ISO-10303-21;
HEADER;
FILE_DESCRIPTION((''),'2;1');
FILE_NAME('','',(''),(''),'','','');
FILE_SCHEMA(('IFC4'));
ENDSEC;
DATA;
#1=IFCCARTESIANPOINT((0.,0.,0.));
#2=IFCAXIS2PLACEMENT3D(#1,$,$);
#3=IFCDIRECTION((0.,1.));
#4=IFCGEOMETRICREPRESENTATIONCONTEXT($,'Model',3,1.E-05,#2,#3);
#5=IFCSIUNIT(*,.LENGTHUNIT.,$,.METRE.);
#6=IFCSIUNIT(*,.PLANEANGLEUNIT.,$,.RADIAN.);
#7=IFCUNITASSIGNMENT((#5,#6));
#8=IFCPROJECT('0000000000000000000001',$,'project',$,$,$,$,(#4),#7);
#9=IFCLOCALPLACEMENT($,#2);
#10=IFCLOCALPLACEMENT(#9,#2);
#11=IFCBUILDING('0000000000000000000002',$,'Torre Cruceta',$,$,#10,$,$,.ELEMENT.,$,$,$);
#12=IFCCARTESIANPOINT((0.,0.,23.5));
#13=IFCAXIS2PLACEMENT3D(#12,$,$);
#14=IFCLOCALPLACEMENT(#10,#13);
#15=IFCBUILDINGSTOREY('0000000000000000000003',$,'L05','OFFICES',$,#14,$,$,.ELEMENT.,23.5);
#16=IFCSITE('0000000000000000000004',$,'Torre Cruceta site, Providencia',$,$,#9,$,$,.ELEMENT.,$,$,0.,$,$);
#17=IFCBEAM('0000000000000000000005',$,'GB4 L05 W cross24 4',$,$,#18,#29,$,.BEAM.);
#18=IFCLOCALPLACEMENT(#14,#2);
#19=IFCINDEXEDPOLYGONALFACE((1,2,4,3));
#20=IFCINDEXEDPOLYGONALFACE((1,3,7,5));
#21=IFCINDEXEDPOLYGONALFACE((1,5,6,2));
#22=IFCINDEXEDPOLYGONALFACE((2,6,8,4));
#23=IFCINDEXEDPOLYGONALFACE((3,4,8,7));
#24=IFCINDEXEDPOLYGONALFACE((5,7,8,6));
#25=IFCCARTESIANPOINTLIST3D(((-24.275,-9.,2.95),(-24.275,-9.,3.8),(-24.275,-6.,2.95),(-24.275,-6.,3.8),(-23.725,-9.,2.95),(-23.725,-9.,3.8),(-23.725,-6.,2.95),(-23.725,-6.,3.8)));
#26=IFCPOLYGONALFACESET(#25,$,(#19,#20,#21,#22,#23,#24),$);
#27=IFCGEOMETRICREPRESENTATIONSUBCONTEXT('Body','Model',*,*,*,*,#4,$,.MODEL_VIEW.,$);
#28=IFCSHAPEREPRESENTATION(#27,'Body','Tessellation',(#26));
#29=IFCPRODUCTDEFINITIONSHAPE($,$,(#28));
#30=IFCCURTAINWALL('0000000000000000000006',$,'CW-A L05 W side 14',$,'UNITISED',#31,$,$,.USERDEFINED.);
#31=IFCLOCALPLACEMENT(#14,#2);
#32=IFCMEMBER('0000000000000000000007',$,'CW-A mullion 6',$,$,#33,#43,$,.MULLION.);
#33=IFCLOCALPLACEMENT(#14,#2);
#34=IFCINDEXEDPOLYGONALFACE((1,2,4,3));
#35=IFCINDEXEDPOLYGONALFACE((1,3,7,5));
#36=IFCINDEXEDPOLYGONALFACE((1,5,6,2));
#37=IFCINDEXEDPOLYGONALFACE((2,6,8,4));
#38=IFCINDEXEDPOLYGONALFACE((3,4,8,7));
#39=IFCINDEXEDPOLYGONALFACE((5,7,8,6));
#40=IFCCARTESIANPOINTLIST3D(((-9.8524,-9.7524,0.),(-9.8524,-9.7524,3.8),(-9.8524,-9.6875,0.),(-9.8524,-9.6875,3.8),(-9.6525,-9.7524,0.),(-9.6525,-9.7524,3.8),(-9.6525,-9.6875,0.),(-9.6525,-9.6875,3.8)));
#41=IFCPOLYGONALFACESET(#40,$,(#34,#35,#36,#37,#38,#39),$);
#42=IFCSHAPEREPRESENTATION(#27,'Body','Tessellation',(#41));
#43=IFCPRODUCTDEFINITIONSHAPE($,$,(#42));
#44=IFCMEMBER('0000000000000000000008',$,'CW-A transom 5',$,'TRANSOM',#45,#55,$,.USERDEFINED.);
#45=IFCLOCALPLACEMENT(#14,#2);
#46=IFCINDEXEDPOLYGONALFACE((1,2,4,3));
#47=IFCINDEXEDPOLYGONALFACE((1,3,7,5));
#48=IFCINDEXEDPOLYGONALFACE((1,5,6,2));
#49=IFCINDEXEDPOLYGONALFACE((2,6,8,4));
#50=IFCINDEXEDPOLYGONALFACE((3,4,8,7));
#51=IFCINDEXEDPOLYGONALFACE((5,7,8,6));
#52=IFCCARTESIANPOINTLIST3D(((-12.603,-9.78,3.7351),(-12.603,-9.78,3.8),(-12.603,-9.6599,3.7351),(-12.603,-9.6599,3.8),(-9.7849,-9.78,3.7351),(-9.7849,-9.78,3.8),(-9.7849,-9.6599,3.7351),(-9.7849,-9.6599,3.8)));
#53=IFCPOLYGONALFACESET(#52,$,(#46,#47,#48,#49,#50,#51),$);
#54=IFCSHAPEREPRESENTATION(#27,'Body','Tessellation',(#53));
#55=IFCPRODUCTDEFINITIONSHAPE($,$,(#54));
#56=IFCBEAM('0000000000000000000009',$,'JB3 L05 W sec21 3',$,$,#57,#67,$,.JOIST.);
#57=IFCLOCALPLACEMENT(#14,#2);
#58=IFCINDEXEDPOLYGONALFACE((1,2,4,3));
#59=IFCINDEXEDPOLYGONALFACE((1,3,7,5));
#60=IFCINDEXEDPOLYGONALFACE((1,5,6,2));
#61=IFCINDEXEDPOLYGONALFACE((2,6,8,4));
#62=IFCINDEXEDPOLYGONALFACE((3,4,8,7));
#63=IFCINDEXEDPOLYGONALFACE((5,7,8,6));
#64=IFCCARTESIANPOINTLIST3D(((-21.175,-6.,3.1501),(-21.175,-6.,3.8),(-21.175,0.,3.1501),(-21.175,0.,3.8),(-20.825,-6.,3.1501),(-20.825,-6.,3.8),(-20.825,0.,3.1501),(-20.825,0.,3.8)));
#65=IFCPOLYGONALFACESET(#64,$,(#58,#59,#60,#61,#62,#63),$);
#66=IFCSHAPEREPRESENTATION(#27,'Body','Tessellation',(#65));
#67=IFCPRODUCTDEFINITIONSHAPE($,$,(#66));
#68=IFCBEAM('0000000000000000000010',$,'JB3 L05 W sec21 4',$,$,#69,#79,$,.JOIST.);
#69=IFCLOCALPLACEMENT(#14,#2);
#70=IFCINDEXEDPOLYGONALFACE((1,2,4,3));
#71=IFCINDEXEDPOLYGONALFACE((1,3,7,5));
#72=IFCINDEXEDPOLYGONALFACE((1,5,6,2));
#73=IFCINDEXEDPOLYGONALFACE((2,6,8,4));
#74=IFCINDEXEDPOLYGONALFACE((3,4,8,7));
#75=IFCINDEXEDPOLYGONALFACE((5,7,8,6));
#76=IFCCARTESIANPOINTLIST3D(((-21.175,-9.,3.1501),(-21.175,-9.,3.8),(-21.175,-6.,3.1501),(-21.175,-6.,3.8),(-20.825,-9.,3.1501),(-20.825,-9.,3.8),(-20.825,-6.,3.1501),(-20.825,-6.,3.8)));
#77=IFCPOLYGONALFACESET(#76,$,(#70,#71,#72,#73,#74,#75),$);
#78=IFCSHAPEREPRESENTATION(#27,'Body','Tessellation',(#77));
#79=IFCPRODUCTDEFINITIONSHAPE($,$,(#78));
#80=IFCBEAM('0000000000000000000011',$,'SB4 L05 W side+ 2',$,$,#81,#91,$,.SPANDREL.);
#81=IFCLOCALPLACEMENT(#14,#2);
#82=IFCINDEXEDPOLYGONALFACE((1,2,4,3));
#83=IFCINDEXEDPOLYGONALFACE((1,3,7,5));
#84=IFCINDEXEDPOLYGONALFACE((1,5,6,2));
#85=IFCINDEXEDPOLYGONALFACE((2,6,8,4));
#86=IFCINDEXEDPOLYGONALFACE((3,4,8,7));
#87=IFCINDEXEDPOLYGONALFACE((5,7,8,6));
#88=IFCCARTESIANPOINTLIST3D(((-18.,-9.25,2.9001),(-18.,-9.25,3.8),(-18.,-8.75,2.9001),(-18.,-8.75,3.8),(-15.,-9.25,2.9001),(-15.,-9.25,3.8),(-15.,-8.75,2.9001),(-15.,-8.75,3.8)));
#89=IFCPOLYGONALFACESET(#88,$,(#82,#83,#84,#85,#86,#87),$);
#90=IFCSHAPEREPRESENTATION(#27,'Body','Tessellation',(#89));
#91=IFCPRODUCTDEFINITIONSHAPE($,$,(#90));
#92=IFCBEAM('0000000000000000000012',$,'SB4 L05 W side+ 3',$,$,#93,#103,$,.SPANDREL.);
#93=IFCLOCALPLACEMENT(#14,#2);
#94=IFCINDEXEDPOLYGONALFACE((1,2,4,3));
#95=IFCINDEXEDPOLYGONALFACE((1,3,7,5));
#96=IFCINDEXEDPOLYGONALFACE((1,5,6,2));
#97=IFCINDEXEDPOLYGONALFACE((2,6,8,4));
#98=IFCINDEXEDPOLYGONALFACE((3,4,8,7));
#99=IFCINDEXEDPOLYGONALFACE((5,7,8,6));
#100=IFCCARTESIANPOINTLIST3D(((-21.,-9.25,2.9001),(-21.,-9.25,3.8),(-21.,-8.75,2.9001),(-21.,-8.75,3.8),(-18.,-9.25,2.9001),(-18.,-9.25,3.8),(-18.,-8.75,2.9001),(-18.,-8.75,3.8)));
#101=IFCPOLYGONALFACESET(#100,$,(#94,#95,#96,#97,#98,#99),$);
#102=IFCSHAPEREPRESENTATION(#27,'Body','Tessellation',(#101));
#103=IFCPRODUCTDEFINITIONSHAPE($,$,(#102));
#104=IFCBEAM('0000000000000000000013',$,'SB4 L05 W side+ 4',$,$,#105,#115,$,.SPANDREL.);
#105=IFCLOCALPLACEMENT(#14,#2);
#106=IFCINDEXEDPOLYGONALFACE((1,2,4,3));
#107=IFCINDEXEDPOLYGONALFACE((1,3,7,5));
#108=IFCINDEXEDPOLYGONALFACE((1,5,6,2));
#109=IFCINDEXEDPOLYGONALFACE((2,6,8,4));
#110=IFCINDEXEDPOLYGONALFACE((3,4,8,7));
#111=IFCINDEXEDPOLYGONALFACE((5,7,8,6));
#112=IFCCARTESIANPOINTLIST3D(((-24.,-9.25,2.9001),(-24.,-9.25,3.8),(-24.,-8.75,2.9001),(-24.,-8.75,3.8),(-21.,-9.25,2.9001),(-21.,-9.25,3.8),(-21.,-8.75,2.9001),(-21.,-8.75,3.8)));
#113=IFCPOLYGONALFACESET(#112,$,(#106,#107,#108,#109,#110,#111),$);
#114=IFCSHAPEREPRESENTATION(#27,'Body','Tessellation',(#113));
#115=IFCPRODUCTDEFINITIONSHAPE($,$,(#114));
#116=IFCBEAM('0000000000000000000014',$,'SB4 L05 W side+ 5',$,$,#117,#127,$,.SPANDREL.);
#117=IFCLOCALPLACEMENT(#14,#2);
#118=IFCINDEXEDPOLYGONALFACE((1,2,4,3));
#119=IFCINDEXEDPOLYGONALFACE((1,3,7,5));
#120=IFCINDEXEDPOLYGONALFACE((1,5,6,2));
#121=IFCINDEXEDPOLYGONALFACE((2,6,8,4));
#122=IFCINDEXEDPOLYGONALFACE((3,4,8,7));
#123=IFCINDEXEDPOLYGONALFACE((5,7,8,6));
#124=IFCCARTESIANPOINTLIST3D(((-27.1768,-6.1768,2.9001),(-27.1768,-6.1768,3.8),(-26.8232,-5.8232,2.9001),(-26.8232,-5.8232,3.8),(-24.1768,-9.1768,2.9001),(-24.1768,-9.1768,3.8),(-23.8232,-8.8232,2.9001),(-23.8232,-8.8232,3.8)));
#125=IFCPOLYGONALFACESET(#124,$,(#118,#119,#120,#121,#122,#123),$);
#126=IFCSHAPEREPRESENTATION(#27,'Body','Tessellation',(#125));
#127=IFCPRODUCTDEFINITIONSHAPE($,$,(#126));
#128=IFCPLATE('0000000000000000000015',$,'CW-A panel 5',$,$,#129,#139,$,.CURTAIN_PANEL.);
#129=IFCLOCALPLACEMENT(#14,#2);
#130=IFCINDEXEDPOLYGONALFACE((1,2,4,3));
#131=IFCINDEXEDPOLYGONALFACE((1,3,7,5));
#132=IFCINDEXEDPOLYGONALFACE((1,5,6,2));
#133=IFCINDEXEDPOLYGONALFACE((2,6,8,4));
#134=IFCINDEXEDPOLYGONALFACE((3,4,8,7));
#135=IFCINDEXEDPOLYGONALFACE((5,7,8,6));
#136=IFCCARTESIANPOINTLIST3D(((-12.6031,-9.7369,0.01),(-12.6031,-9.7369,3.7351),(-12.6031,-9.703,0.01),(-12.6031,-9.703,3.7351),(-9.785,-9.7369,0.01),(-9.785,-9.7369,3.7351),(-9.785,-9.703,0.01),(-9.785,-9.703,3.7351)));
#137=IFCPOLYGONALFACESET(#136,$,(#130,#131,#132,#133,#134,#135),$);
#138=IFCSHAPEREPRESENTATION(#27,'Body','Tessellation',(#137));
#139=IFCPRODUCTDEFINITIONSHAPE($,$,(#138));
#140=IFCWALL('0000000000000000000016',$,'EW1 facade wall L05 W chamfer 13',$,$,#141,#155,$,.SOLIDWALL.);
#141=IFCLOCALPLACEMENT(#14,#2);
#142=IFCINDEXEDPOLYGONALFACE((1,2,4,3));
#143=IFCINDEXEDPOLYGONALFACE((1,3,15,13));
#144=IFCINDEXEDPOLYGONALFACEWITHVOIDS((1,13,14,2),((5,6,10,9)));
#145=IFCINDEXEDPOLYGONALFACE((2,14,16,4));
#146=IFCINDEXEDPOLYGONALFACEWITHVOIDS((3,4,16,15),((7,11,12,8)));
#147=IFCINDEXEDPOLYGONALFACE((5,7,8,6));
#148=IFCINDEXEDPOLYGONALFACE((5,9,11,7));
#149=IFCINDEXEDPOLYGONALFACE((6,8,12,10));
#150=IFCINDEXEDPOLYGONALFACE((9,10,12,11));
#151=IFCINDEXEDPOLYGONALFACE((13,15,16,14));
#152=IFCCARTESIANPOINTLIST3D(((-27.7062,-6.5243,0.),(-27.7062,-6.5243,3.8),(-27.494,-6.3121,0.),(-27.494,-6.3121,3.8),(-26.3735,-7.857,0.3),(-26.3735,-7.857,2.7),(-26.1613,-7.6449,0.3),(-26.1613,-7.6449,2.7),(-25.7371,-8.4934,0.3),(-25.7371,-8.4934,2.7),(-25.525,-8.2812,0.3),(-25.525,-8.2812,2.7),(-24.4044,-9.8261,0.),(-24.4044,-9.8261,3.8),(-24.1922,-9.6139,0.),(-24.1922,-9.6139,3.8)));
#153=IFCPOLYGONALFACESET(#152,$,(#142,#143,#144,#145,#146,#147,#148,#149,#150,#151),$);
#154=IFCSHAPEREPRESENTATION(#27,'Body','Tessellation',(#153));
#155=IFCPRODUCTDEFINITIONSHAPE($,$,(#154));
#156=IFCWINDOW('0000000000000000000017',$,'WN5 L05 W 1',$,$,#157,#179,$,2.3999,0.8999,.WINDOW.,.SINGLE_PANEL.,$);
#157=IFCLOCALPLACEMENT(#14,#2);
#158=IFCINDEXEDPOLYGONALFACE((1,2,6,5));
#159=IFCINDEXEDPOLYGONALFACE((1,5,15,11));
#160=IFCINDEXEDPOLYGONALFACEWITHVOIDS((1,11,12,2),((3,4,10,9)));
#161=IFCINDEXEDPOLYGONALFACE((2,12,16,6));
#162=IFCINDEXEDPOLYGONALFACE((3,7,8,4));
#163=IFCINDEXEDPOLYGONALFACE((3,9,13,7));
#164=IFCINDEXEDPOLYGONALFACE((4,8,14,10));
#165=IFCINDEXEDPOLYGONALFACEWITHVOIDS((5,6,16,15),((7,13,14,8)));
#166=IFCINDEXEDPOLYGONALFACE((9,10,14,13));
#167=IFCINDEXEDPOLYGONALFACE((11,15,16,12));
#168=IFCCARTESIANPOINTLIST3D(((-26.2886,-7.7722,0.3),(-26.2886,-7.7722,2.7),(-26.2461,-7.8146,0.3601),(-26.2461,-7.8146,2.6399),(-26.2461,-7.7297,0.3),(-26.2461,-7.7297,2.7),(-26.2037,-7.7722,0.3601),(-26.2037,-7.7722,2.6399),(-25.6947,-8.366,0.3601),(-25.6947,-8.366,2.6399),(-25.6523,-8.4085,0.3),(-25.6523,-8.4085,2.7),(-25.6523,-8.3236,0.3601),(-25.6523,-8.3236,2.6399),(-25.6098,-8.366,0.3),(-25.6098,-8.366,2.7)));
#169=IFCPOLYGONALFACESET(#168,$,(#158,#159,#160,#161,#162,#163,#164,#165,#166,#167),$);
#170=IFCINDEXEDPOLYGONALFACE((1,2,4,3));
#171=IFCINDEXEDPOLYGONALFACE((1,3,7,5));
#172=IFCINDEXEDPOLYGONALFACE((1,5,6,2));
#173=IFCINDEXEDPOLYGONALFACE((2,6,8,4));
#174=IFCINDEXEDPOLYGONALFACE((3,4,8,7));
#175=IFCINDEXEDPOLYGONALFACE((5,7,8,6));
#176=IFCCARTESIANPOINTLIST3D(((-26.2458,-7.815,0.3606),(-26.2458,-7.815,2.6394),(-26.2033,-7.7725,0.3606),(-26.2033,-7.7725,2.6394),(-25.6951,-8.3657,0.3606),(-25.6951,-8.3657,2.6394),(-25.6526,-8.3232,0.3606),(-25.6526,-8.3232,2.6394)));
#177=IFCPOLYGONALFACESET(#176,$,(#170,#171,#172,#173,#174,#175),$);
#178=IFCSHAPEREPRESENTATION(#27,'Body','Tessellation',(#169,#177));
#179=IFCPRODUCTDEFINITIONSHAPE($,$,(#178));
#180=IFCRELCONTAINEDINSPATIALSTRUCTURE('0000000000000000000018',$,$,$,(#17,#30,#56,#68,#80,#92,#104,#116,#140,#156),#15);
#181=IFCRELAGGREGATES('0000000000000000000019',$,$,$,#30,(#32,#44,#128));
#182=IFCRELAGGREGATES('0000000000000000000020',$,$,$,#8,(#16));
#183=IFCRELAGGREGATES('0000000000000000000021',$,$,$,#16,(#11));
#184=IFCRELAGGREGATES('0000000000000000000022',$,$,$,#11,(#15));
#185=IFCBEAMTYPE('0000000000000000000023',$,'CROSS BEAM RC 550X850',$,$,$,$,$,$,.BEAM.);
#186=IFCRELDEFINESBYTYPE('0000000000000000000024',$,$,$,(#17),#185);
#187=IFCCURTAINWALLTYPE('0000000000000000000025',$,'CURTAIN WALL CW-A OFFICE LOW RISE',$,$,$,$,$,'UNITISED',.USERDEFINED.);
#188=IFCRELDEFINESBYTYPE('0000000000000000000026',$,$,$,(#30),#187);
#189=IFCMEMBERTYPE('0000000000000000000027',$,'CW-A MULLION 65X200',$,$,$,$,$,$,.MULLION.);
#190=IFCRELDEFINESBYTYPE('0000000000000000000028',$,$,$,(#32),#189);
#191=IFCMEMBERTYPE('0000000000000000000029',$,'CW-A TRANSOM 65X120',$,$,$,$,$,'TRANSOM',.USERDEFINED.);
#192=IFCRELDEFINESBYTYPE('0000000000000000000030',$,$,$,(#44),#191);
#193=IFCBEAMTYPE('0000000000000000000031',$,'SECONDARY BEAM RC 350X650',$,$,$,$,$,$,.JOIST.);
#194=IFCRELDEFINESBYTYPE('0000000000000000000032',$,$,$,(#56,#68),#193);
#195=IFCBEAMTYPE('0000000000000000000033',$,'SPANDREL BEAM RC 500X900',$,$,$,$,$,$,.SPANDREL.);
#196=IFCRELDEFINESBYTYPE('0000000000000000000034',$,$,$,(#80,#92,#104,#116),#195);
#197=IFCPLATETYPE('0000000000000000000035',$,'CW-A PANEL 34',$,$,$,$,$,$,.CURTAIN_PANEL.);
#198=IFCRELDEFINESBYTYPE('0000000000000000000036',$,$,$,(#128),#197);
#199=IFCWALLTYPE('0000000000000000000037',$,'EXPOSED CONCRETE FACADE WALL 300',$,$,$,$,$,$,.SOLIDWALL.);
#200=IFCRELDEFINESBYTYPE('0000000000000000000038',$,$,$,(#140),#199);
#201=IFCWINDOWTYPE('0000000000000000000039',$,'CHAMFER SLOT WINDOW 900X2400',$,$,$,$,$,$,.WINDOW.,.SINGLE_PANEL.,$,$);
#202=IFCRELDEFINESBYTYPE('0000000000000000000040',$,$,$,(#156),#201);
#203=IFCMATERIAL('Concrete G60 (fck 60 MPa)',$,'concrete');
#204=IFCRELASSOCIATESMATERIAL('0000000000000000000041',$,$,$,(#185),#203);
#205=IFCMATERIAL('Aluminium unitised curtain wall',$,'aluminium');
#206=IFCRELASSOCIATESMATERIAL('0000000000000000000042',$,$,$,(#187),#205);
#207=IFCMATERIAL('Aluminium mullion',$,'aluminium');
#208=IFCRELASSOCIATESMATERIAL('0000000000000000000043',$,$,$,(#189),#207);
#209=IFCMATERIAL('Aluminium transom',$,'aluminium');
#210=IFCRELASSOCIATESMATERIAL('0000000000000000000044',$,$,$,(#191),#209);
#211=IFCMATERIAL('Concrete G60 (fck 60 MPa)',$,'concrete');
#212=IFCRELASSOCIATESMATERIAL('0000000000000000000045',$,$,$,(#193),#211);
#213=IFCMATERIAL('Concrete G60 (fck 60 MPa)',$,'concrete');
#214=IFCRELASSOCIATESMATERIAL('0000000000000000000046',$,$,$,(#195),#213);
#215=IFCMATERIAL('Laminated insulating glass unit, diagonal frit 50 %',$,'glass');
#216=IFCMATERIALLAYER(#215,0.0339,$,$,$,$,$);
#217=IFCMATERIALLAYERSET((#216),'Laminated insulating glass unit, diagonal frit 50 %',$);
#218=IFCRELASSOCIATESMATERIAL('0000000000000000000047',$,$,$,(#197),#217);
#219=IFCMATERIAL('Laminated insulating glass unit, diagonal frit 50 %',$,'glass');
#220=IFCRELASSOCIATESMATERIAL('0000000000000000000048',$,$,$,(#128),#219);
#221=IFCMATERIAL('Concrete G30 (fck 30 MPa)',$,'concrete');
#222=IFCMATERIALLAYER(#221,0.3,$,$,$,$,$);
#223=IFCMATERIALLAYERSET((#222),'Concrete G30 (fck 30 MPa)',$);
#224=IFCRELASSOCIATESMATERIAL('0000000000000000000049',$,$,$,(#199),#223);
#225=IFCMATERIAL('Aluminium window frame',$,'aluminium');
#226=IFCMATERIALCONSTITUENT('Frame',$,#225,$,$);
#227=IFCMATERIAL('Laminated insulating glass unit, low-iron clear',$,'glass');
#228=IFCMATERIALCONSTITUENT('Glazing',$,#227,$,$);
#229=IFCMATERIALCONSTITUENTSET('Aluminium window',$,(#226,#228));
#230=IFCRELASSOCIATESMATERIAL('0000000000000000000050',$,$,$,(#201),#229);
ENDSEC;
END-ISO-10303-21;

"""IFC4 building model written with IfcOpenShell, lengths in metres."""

from ifc_helpers import new_model, si_unit, direction, frame, frame_2d, origin, origin_2d, place, context, subcontext, project, spatial, rectangle, hollow_rectangle, extrude, material, layer, layer_set, constituent, constituent_set, material_profile, profile_set, type_object, element, fill, aggregate, save


model = new_model("IFC4")

# Units and contexts
model_context = context("Model", 3, precision=1e-05, world=origin(), true_north=direction((0.0, 1.0)))
body_context = subcontext(model_context, "Body", "Model", "MODEL_VIEW")
ifc_project = project(units=[si_unit("LENGTHUNIT", "METRE"), si_unit("PLANEANGLEUNIT", "RADIAN")], contexts=[model_context])

# Site, building, storey
site_placement = place(None, origin())
site = spatial("IfcSite", under=ifc_project, at=site_placement, Name="Torre Cruceta site, Providencia", CompositionType="ELEMENT", RefElevation=0.0)
building_placement = place(site_placement, origin())
building = spatial("IfcBuilding", under=site, at=building_placement, Name="Torre Cruceta", CompositionType="ELEMENT")
storey_placement = place(building_placement, frame((0.0, 0.0, 23.5)))
storey = spatial("IfcBuildingStorey", under=building, at=storey_placement, Name="L05", Description="OFFICES", CompositionType="ELEMENT", Elevation=23.5)

# Beam
ifc_material_1 = material(Name="Concrete G60 (fck 60 MPa)", Category="concrete")
ifc_material_profile_1 = material_profile(ifc_material_1, rectangle(XDim=0.55, YDim=0.8501, at=origin_2d()), Name="RC 550X850")
ifc_profile_set_1 = profile_set([ifc_material_profile_1], Name="Concrete G60 (fck 60 MPa)")
beam_type_1 = type_object("IfcBeamType", Name="CROSS BEAM RC 550X850", PredefinedType="BEAM", material=ifc_profile_set_1)
beam_1_placement = place(storey_placement, frame((-24.0, -6.0, 3.375), z_axis=(0.0, -1.0, 0.0), x_axis=(1.0, 0.0, 0.0)))
element("IfcBeam", 1, at=beam_1_placement, inside=storey, type_object=beam_type_1, Name="GB4 L05 W cross24 4", PredefinedType="BEAM", context=body_context, shape_type="SweptSolid", body=[
    extrude(rectangle(XDim=0.55, YDim=0.8501, at=origin_2d()), origin(), (0.0, 0.0, 1.0), 3.0),
])

# Curtain wall, members
ifc_material_2 = material(Name="Aluminium unitised curtain wall", Category="aluminium")
curtain_wall_type = type_object("IfcCurtainWallType", Name="CURTAIN WALL CW-A OFFICE LOW RISE", ElementType="UNITISED", PredefinedType="USERDEFINED", material=ifc_material_2)
curtain_wall_placement = place(storey_placement, origin())
curtain_wall = element("IfcCurtainWall", 2, at=curtain_wall_placement, inside=storey, type_object=curtain_wall_type, Name="CW-A L05 W side 14", ObjectType="UNITISED", PredefinedType="USERDEFINED")
ifc_material_3 = material(Name="Aluminium mullion", Category="aluminium")
ifc_material_profile_2 = material_profile(ifc_material_3, rectangle(XDim=0.0649, YDim=0.2, at=origin_2d()), Name="AL 65X200")
ifc_profile_set_2 = profile_set([ifc_material_profile_2], Name="Aluminium mullion")
member_type_1 = type_object("IfcMemberType", Name="CW-A MULLION 65X200", PredefinedType="MULLION", material=ifc_profile_set_2)
member_1_placement = place(storey_placement, frame((-9.7524, -9.72, 0.0), z_axis=(0.0, 0.0, 1.0), x_axis=(0.0, 1.0, 0.0)))
member_1 = element("IfcMember", 3, at=member_1_placement, type_object=member_type_1, Name="CW-A mullion 6", PredefinedType="MULLION", context=body_context, shape_type="SweptSolid", body=[
    extrude(rectangle(XDim=0.0649, YDim=0.2, at=origin_2d()), origin(), (0.0, 0.0, 1.0), 3.8),
])
ifc_material_4 = material(Name="Aluminium transom", Category="aluminium")
ifc_material_profile_3 = material_profile(ifc_material_4, rectangle(XDim=0.1201, YDim=0.0649, at=origin_2d()), Name="AL 120X65")
ifc_profile_set_3 = profile_set([ifc_material_profile_3], Name="Aluminium transom")
member_type_2 = type_object("IfcMemberType", Name="CW-A TRANSOM 65X120", ElementType="TRANSOM", PredefinedType="USERDEFINED", material=ifc_profile_set_3)
member_2_placement = place(storey_placement, frame((-12.603, -9.72, 3.7676), z_axis=(1.0, 0.0, 0.0), x_axis=(0.0, 1.0, 0.0)))
member_2 = element("IfcMember", 4, at=member_2_placement, type_object=member_type_2, Name="CW-A transom 5", ObjectType="TRANSOM", PredefinedType="USERDEFINED", context=body_context, shape_type="SweptSolid", body=[
    extrude(rectangle(XDim=0.1201, YDim=0.0649, at=origin_2d()), origin(), (0.0, 0.0, 1.0), 2.8181),
])

# Beams
ifc_material_5 = material(Name="Concrete G60 (fck 60 MPa)", Category="concrete")
ifc_material_profile_4 = material_profile(ifc_material_5, rectangle(XDim=0.3501, YDim=0.6499, at=origin_2d()), Name="RC 350X650")
ifc_profile_set_4 = profile_set([ifc_material_profile_4], Name="Concrete G60 (fck 60 MPa)")
beam_type_2 = type_object("IfcBeamType", Name="SECONDARY BEAM RC 350X650", PredefinedType="JOIST", material=ifc_profile_set_4)
beam_2_placement = place(storey_placement, frame((-21.0, 0.0, 3.4751), z_axis=(0.0, -1.0, 0.0), x_axis=(1.0, 0.0, 0.0)))
element("IfcBeam", 5, at=beam_2_placement, inside=storey, type_object=beam_type_2, Name="JB3 L05 W sec21 3", PredefinedType="JOIST", context=body_context, shape_type="SweptSolid", body=[
    extrude(rectangle(XDim=0.3501, YDim=0.6499, at=origin_2d()), origin(), (0.0, 0.0, 1.0), 6.0),
])
beam_3_placement = place(storey_placement, frame((-21.0, -6.0, 3.4751), z_axis=(0.0, -1.0, 0.0), x_axis=(1.0, 0.0, 0.0)))
element("IfcBeam", 6, at=beam_3_placement, inside=storey, type_object=beam_type_2, Name="JB3 L05 W sec21 4", PredefinedType="JOIST", context=body_context, shape_type="SweptSolid", body=[
    extrude(rectangle(XDim=0.3501, YDim=0.6499, at=origin_2d()), origin(), (0.0, 0.0, 1.0), 3.0),
])
ifc_material_6 = material(Name="Concrete G60 (fck 60 MPa)", Category="concrete")
ifc_material_profile_5 = material_profile(ifc_material_6, rectangle(XDim=0.5, YDim=0.8999, at=origin_2d()), Name="RC 500X900")
ifc_profile_set_5 = profile_set([ifc_material_profile_5], Name="Concrete G60 (fck 60 MPa)")
beam_type_3 = type_object("IfcBeamType", Name="SPANDREL BEAM RC 500X900", PredefinedType="SPANDREL", material=ifc_profile_set_5)
for number, where, z_axis, x_axis, name in (
    (7, (-15.0, -9.0, 3.3501), (-1.0, 0.0, 0.0), (0.0, -1.0, 0.0), "SB4 L05 W side+ 2"),
    (8, (-18.0, -9.0, 3.3501), (-1.0, 0.0, 0.0), (0.0, -1.0, 0.0), "SB4 L05 W side+ 3"),
    (9, (-21.0, -9.0, 3.3501), (-1.0, 0.0, 0.0), (0.0, -1.0, 0.0), "SB4 L05 W side+ 4"),
):
    element("IfcBeam", number, at=place(storey_placement, frame(where, z_axis=z_axis, x_axis=x_axis)), inside=storey, type_object=beam_type_3, Name=name, PredefinedType="SPANDREL", context=body_context, shape_type="SweptSolid", body=[
        extrude(rectangle(XDim=0.5, YDim=0.8999, at=origin_2d()), origin(), (0.0, 0.0, 1.0), 3.0),
    ])
beam_4_placement = place(storey_placement, frame((-24.0, -9.0, 3.3501), z_axis=(-0.707107, 0.707107, 0.0), x_axis=(-0.707107, -0.707107, 0.0)))
element("IfcBeam", 10, at=beam_4_placement, inside=storey, type_object=beam_type_3, Name="SB4 L05 W side+ 5", PredefinedType="SPANDREL", context=body_context, shape_type="SweptSolid", body=[
    extrude(rectangle(XDim=0.5, YDim=0.8999, at=origin_2d()), origin(), (0.0, 0.0, 1.0), 4.2427),
])

# Plate
ifc_material_7 = material(Name="Laminated insulating glass unit, diagonal frit 50 %", Category="glass")
ifc_material_8 = material(Name="Laminated insulating glass unit, diagonal frit 50 %", Category="glass")
ifc_layer_1 = layer(ifc_material_8, 0.0339)
ifc_layer_set_1 = layer_set([ifc_layer_1], Name="Laminated insulating glass unit, diagonal frit 50 %")
plate_type = type_object("IfcPlateType", Name="CW-A PANEL 34", PredefinedType="CURTAIN_PANEL", material=ifc_layer_set_1)
plate_placement = place(storey_placement, frame((-11.1941, -9.72, 0.01), z_axis=(0.0, 0.0, 1.0), x_axis=(1.0, 0.0, 0.0)))
plate = element("IfcPlate", 11, at=plate_placement, type_object=plate_type, material=ifc_material_7, Name="CW-A panel 5", PredefinedType="CURTAIN_PANEL", context=body_context, shape_type="SweptSolid", body=[
    extrude(rectangle(XDim=2.8181, YDim=0.0339, at=origin_2d()), origin(), (0.0, 0.0, 1.0), 3.7251),
])
aggregate(curtain_wall, [member_1, member_2, plate])

# Wall, opening, window
ifc_material_9 = material(Name="Concrete G30 (fck 30 MPa)", Category="concrete")
ifc_layer_2 = layer(ifc_material_9, 0.3)
ifc_layer_set_2 = layer_set([ifc_layer_2], Name="Concrete G30 (fck 30 MPa)")
wall_type_1 = type_object("IfcWallType", Name="EXPOSED CONCRETE FACADE WALL 300", PredefinedType="SOLIDWALL", material=ifc_layer_set_2)
wall_1_placement = place(storey_placement, frame((-27.6001, -6.4182, 0.0), z_axis=(0.0, 0.0, 1.0), x_axis=(0.707107, -0.707107, 0.0)))
wall_1 = element("IfcWall", 12, at=wall_1_placement, inside=storey, type_object=wall_type_1, Name="EW1 facade wall L05 W chamfer 13", PredefinedType="SOLIDWALL", context=body_context, shape_type="SweptSolid", body=[
    extrude(rectangle(XDim=4.6694, YDim=0.3, at=frame_2d((2.3347, 0.0))), origin(), (0.0, 0.0, 1.0), 3.8),
])
opening_1_placement = place(wall_1_placement, frame((1.8848, 0.0, 0.3)))
opening_1 = element("IfcOpeningElement", 13, at=opening_1_placement, cuts=wall_1, PredefinedType="OPENING", context=body_context, shape_type="SweptSolid", body=[
    extrude(rectangle(XDim=0.8999, YDim=2.3999, at=frame_2d((0.45, 1.2))), frame((0.0, 0.1599, 0.0), z_axis=(0.0, -1.0, 0.0), x_axis=(1.0, 0.0, 0.0)), (0.0, 0.0, 1.0), 0.3201),
])
ifc_material_10 = material(Name="Aluminium window frame", Category="aluminium")
ifc_constituent_1 = constituent(ifc_material_10, Name="Frame")
ifc_material_11 = material(Name="Laminated insulating glass unit, low-iron clear", Category="glass")
ifc_constituent_2 = constituent(ifc_material_11, Name="Glazing")
ifc_constituent_set_1 = constituent_set(constituents=[ifc_constituent_1, ifc_constituent_2], Name="Aluminium window")
window_type = type_object("IfcWindowType", Name="CHAMFER SLOT WINDOW 900X2400", PartitioningType="SINGLE_PANEL", PredefinedType="WINDOW", material=ifc_constituent_set_1)
window_placement = place(opening_1_placement, origin())
window = element("IfcWindow", 14, at=window_placement, inside=storey, type_object=window_type, Name="WN5 L05 W 1", OverallHeight=2.3999, OverallWidth=0.8999, PartitioningType="SINGLE_PANEL", PredefinedType="WINDOW", context=body_context, shape_type="SweptSolid", body=[
    extrude(hollow_rectangle(XDim=0.8999, YDim=2.3999, WallThickness=0.0601, at=frame_2d((0.45, 1.2))), frame((0.0, 0.03, 0.0), z_axis=(0.0, -1.0, 0.0), x_axis=(1.0, 0.0, 0.0)), (0.0, 0.0, 1.0), 0.0601),
    extrude(rectangle(XDim=0.7788, YDim=2.2788, at=frame_2d((0.45, 1.2))), frame((0.0, 0.03, 0.0), z_axis=(0.0, -1.0, 0.0), x_axis=(1.0, 0.0, 0.0)), (0.0, 0.0, 1.0), 0.0601),
])
fill(opening_1, window)

save(model, "model.ifc")
